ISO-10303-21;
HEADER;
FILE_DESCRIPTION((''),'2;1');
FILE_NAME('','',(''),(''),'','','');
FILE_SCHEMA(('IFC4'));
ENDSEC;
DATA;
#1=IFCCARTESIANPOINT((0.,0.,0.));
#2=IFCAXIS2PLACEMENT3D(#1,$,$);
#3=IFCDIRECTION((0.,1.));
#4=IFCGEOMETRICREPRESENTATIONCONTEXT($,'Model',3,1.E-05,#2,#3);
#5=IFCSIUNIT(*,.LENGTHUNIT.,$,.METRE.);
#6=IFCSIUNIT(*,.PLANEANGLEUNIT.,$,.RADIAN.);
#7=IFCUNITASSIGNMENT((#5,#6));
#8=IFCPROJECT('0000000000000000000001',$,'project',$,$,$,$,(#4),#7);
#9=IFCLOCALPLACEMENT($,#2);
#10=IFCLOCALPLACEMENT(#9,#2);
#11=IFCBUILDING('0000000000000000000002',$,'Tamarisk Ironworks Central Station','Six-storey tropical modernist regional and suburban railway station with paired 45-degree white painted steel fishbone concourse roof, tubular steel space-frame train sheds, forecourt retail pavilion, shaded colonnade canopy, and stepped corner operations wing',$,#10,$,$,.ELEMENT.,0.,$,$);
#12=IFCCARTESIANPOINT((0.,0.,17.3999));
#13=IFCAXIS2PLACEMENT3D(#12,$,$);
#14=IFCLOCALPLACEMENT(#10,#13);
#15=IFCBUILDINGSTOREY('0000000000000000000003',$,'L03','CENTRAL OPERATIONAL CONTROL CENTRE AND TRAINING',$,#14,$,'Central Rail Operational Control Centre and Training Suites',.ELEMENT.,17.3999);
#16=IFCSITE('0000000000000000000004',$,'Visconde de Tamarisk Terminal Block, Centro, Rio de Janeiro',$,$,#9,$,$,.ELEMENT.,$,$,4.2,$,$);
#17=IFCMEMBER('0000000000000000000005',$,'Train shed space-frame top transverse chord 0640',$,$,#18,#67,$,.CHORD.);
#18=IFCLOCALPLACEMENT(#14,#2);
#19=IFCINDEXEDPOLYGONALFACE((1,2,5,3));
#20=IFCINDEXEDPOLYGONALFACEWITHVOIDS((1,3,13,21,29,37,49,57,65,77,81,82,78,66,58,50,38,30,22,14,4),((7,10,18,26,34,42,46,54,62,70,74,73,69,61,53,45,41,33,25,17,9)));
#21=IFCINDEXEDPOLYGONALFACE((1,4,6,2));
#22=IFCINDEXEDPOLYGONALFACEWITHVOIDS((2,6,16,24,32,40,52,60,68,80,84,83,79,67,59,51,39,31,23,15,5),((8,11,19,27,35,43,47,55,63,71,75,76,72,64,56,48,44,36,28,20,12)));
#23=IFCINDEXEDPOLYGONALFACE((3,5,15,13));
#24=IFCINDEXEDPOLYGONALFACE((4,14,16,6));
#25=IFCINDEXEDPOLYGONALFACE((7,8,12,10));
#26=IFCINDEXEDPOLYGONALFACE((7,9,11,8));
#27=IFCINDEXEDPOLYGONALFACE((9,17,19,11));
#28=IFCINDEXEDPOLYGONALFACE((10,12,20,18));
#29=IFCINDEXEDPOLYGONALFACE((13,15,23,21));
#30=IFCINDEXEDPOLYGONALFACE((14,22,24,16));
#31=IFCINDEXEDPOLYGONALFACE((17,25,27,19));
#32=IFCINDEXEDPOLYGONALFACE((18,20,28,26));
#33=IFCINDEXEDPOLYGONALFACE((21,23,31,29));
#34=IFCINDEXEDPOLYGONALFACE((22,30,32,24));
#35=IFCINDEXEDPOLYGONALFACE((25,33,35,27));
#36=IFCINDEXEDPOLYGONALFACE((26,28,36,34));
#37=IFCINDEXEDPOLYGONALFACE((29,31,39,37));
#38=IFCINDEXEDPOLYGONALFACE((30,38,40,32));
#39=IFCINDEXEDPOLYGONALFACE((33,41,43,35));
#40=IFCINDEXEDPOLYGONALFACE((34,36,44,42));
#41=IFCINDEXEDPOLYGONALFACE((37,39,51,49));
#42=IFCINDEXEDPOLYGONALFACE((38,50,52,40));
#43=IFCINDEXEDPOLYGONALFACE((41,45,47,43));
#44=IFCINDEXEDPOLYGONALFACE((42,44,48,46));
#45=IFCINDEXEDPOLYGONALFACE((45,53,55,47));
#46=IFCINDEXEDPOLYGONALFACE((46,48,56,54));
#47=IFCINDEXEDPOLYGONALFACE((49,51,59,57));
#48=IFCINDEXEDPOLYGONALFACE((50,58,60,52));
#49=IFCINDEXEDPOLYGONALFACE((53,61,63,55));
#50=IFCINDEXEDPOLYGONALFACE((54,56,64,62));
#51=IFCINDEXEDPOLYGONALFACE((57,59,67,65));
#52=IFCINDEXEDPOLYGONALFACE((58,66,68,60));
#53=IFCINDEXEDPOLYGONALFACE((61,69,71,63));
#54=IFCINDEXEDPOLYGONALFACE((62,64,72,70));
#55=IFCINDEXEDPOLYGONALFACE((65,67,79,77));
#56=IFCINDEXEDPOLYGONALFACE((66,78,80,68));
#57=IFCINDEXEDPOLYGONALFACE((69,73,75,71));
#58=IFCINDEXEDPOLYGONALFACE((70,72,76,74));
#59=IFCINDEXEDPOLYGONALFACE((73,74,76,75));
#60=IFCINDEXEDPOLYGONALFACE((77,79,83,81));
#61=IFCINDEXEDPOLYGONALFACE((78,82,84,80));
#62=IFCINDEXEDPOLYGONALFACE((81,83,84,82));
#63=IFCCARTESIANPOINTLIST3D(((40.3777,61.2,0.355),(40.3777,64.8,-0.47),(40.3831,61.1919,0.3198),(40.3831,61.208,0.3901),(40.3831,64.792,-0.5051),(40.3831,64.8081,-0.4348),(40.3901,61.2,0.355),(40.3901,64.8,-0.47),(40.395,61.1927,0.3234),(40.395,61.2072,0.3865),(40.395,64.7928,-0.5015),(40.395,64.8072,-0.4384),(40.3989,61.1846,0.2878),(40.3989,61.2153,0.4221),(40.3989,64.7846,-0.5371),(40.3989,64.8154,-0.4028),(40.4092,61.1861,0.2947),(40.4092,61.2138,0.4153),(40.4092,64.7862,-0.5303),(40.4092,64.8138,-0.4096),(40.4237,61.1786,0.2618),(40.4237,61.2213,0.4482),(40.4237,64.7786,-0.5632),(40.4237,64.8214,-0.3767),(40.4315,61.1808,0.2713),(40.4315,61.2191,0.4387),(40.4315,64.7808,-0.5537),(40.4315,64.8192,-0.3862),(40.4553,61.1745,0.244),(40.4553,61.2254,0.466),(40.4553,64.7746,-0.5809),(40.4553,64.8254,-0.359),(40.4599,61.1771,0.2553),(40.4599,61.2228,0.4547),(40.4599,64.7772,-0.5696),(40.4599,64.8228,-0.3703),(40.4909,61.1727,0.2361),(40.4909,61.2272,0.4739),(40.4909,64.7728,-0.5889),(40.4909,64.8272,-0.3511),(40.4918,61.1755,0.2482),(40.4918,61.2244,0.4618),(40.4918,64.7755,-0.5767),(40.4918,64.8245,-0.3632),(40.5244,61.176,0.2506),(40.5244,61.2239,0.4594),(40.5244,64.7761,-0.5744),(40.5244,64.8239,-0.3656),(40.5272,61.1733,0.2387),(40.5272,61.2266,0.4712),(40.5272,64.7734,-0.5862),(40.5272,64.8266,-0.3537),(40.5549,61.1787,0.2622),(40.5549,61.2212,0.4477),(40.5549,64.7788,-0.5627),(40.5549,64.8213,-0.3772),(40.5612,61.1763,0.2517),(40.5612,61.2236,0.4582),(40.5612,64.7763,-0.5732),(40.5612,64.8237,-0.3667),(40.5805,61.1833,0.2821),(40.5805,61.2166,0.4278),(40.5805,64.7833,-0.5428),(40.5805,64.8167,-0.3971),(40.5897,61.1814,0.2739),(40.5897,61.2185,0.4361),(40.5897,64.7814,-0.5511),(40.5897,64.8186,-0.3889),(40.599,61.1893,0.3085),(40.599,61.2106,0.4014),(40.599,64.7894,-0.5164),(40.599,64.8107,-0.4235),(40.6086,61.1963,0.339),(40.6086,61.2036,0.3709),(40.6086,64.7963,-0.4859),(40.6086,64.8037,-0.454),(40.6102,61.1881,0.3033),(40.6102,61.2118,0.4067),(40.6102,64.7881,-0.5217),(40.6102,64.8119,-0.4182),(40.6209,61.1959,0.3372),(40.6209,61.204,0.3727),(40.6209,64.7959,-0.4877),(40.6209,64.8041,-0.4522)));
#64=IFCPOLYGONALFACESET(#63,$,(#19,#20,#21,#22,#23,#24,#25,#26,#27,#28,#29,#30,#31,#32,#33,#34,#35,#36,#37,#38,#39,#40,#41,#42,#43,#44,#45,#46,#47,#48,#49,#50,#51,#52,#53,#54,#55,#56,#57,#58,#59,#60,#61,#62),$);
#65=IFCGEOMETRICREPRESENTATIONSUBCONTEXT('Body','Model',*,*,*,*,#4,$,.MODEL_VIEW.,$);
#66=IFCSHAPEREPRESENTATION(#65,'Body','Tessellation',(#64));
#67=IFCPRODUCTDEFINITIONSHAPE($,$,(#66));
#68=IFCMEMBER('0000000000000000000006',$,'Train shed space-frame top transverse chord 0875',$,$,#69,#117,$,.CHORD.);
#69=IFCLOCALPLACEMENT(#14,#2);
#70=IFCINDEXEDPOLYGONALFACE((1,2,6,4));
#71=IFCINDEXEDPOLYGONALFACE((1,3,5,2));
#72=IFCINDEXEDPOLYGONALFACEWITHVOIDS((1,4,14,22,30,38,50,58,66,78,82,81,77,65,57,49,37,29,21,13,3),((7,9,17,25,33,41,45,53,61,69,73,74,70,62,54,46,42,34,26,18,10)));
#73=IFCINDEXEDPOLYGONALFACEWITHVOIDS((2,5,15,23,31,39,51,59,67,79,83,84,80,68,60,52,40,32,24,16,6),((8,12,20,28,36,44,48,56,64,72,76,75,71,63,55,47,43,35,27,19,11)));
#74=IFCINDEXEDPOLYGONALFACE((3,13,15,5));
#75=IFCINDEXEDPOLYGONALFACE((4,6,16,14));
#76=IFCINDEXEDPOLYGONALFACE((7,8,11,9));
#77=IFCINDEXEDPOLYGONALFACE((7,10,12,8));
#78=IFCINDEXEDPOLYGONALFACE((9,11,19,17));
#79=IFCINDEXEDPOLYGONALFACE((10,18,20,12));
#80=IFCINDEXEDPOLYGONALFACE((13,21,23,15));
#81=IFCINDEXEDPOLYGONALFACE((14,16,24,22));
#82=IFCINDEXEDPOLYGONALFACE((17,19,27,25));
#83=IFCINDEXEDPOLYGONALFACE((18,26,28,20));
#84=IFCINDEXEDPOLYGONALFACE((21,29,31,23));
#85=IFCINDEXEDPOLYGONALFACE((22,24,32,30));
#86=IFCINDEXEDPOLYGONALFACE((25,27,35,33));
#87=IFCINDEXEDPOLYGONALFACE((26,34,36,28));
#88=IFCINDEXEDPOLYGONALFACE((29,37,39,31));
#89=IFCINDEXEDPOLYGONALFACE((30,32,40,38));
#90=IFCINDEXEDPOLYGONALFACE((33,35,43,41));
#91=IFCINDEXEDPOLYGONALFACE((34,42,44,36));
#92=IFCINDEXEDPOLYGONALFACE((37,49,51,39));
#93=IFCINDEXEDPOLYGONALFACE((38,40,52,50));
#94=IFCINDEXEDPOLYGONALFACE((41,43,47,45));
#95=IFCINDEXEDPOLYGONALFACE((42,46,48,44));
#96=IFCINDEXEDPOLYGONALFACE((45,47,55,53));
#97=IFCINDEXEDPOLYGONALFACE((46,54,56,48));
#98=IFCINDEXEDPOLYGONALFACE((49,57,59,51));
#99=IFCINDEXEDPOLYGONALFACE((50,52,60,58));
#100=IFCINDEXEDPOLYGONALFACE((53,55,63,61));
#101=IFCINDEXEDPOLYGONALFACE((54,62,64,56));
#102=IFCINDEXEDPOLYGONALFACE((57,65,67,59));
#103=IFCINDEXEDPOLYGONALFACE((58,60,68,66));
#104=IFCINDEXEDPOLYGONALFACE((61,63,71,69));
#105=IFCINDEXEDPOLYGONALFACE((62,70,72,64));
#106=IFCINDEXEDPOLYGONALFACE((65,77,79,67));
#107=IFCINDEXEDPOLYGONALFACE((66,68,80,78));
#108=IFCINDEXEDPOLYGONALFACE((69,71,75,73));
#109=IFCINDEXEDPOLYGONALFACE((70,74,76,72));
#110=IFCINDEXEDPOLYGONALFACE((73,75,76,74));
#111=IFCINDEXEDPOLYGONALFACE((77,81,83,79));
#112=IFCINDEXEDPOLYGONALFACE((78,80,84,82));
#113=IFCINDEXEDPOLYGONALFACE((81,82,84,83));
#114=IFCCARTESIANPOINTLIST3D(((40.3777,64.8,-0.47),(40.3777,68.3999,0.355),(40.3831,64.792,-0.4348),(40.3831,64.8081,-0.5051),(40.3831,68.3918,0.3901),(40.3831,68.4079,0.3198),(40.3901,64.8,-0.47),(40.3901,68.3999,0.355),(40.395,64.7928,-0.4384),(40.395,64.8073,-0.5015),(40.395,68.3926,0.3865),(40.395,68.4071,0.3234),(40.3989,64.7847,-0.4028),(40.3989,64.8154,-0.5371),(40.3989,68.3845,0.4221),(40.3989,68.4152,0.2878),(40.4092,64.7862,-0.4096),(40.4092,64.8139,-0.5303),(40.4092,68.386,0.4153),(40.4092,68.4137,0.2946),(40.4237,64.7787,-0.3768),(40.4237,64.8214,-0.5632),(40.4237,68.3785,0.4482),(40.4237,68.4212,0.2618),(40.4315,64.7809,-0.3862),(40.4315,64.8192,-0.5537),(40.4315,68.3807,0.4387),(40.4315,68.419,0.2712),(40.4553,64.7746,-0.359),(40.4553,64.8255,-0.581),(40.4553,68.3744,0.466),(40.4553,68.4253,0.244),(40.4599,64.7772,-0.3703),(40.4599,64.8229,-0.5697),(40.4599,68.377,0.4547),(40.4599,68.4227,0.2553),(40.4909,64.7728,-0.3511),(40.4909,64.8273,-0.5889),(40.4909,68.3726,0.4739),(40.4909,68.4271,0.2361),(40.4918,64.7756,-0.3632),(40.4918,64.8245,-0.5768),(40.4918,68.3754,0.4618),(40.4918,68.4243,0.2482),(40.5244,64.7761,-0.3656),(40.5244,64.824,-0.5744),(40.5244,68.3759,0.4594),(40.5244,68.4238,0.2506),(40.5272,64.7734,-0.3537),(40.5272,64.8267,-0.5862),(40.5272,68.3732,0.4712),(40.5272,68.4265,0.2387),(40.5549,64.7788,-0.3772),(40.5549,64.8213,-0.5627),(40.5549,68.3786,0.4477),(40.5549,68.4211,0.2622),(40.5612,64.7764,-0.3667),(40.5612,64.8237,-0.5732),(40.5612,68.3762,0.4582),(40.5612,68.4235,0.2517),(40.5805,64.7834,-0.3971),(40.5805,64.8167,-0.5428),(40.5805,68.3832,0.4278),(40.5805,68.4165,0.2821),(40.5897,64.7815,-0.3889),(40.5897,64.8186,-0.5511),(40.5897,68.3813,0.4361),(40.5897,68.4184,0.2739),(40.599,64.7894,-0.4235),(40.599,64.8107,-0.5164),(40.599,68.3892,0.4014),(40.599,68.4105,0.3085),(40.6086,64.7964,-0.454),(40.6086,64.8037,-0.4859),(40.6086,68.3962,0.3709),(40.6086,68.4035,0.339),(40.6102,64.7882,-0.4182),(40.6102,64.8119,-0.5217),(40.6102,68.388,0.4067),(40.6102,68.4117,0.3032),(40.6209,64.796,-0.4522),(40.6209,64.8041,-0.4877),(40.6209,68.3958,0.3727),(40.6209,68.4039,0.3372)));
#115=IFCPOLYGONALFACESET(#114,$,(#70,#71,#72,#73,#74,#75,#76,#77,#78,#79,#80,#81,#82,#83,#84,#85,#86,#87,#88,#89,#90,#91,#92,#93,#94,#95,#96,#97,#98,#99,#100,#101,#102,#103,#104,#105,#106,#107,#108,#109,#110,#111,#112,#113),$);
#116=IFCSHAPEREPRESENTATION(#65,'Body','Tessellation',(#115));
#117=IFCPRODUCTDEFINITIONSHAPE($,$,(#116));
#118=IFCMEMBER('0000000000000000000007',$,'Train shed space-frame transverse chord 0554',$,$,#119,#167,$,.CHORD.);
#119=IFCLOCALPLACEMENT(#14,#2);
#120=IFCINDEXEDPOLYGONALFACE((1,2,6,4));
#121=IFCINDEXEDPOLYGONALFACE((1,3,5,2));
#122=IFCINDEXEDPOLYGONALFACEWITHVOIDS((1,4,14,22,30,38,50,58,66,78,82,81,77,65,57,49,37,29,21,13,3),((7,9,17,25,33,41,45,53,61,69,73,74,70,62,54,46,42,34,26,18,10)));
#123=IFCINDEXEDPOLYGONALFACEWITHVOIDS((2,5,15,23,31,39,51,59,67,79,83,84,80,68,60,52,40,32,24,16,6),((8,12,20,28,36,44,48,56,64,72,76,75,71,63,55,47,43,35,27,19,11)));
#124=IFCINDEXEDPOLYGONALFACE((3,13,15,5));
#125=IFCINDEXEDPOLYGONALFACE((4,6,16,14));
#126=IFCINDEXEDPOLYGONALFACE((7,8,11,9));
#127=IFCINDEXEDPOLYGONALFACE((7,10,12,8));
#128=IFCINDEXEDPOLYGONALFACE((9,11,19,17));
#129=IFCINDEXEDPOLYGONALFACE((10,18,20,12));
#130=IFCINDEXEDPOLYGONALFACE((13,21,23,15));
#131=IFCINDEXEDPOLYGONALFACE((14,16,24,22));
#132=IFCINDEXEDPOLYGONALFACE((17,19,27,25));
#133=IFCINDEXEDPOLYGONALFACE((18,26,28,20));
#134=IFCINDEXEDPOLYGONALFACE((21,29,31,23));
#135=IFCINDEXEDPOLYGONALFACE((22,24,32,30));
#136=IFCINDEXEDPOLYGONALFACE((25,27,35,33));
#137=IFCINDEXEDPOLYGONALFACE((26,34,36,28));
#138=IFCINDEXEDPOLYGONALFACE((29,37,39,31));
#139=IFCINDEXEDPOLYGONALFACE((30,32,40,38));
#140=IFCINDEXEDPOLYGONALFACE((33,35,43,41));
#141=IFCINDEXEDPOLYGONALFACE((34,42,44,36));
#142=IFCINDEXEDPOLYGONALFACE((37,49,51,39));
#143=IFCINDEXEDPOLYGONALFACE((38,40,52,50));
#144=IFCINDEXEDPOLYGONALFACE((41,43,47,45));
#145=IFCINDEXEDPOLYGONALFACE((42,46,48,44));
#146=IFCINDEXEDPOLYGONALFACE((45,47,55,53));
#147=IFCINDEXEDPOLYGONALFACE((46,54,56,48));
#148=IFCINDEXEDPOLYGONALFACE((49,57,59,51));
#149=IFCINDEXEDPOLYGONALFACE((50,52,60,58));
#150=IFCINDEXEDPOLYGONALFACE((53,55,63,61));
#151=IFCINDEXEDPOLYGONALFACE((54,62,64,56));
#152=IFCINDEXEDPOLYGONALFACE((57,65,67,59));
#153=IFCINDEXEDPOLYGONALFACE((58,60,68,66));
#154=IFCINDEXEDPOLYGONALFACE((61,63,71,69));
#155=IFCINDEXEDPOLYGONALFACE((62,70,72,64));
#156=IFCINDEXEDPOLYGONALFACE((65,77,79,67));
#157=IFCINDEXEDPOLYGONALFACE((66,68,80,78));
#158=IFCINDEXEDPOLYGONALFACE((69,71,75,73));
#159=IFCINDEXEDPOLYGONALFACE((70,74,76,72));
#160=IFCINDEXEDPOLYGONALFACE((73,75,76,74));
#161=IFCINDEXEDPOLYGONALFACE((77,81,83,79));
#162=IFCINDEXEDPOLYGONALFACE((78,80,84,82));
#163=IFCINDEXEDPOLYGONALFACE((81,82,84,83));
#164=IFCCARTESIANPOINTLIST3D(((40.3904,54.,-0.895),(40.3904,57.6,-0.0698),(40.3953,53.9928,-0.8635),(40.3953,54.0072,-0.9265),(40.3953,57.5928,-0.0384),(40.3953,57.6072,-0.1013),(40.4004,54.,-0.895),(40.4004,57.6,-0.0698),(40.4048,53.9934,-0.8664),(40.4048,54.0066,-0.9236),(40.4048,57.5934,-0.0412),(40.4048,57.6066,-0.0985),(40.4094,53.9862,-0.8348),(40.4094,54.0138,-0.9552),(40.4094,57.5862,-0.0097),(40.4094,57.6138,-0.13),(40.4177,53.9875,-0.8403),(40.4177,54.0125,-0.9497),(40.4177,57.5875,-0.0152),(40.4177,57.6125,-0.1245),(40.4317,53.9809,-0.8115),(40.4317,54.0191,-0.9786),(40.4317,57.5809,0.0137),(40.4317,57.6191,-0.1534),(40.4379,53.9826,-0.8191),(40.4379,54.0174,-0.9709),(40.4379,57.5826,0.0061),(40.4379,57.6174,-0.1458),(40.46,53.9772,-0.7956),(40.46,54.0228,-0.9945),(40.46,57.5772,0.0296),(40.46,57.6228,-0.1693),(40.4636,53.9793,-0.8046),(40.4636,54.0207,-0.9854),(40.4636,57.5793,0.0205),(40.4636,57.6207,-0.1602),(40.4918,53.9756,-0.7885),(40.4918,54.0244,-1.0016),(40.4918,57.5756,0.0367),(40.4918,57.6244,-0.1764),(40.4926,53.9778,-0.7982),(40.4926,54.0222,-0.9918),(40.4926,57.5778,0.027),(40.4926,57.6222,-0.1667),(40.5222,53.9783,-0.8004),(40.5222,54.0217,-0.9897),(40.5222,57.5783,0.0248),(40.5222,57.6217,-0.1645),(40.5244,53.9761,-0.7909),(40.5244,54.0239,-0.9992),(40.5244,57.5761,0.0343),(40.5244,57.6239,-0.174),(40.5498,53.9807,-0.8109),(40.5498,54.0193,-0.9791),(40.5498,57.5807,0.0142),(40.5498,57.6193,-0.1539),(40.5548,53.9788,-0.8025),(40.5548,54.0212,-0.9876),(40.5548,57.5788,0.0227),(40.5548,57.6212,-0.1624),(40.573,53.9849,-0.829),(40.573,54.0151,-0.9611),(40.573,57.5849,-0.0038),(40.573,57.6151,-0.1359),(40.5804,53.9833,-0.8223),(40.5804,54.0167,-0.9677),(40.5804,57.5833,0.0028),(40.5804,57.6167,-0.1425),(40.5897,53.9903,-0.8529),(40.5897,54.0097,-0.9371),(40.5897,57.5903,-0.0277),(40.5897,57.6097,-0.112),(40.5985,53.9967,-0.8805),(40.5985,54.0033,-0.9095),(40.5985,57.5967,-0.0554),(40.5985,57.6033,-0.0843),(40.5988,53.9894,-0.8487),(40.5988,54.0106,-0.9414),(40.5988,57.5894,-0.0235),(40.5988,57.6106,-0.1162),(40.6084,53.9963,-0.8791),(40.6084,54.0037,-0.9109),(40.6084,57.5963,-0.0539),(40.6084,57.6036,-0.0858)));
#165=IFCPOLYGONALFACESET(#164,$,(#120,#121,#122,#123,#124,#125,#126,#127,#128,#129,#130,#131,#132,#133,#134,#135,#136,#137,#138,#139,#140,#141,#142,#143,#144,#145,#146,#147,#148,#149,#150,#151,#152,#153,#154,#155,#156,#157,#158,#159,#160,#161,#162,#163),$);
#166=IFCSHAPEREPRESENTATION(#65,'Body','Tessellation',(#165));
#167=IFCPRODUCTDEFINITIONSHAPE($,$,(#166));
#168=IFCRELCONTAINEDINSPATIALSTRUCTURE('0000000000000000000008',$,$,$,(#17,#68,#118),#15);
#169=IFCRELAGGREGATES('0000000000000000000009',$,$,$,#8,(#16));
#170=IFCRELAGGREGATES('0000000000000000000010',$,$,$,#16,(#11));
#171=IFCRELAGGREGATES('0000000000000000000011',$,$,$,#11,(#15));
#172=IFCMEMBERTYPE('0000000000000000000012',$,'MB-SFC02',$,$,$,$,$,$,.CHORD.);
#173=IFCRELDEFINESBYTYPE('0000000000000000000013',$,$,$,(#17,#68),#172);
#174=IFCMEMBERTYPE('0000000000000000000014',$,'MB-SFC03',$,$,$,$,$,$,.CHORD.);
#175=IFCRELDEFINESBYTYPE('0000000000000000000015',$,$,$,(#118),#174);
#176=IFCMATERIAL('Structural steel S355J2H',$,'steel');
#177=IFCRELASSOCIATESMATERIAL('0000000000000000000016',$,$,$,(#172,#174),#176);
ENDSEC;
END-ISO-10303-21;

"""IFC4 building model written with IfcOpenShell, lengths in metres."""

from ifc_helpers import new_model, si_unit, direction, frame, origin, origin_2d, place, context, subcontext, project, spatial, hollow_circle, extrude, material, material_profile, profile_set, type_object, element, save


model = new_model("IFC4")

# Units and contexts
model_context = context("Model", 3, precision=1e-05, world=origin(), true_north=direction((0.0, 1.0)))
body_context = subcontext(model_context, "Body", "Model", "MODEL_VIEW")
ifc_project = project(units=[si_unit("LENGTHUNIT", "METRE"), si_unit("PLANEANGLEUNIT", "RADIAN")], contexts=[model_context])

# Site, building, storey
site_placement = place(None, origin())
site = spatial("IfcSite", under=ifc_project, at=site_placement, Name="Visconde de Tamarisk Terminal Block, Centro, Rio de Janeiro", CompositionType="ELEMENT", RefElevation=4.2)
building_placement = place(site_placement, origin())
building = spatial("IfcBuilding", under=site, at=building_placement, Name="Tamarisk Ironworks Central Station", Description="Six-storey tropical modernist regional and suburban railway station with paired 45-degree white painted steel fishbone concourse roof, tubular steel space-frame train sheds, forecourt retail pavilion, shaded colonnade canopy, and stepped corner operations wing", CompositionType="ELEMENT", ElevationOfRefHeight=0.0)
storey_placement = place(building_placement, frame((0.0, 0.0, 17.3999)))
storey = spatial("IfcBuildingStorey", under=building, at=storey_placement, Name="L03", Description="CENTRAL OPERATIONAL CONTROL CENTRE AND TRAINING", LongName="Central Rail Operational Control Centre and Training Suites", CompositionType="ELEMENT", Elevation=17.3999)

# Members
ifc_material = material(Name="Structural steel S355J2H", Category="steel")
ifc_material_profile_1 = material_profile(ifc_material, hollow_circle(Radius=0.1223, WallThickness=0.0125, at=origin_2d()), Name="CHS 244.5x12.5")
ifc_profile_set_1 = profile_set([ifc_material_profile_1], Name="Structural steel S355J2H")
member_type_1 = type_object("IfcMemberType", Name="MB-SFC02", PredefinedType="CHORD", material=ifc_profile_set_1)
member_1_placement = place(storey_placement, frame((40.5, 61.2, 0.355), z_axis=(0.0, 0.974737, -0.223358), x_axis=(-1.0, 0.0, 0.0)))
element("IfcMember", 1, at=member_1_placement, inside=storey, type_object=member_type_1, Name="Train shed space-frame top transverse chord 0640", PredefinedType="CHORD", context=body_context, shape_type="SweptSolid", body=[
    extrude(hollow_circle(Radius=0.1223, WallThickness=0.0125, at=origin_2d()), origin(), (0.0, 0.0, 1.0), 3.6934),
])
member_2_placement = place(storey_placement, frame((40.5, 64.8, -0.47), z_axis=(0.0, 0.974733, 0.223372), x_axis=(-1.0, 0.0, 0.0)))
element("IfcMember", 2, at=member_2_placement, inside=storey, type_object=member_type_1, Name="Train shed space-frame top transverse chord 0875", PredefinedType="CHORD", context=body_context, shape_type="SweptSolid", body=[
    extrude(hollow_circle(Radius=0.1223, WallThickness=0.0125, at=origin_2d()), origin(), (0.0, 0.0, 1.0), 3.6931),
])
ifc_material_profile_2 = material_profile(ifc_material, hollow_circle(Radius=0.1096, WallThickness=0.01, at=origin_2d()), Name="CHS 219.1x10")
ifc_profile_set_2 = profile_set([ifc_material_profile_2], Name="Structural steel S355J2H")
member_type_2 = type_object("IfcMemberType", Name="MB-SFC03", PredefinedType="CHORD", material=ifc_profile_set_2)
member_3_placement = place(storey_placement, frame((40.5, 54.0, -0.895), z_axis=(0.0, 0.974722, 0.223421), x_axis=(-1.0, 0.0, 0.0)))
element("IfcMember", 3, at=member_3_placement, inside=storey, type_object=member_type_2, Name="Train shed space-frame transverse chord 0554", PredefinedType="CHORD", context=body_context, shape_type="SweptSolid", body=[
    extrude(hollow_circle(Radius=0.1096, WallThickness=0.01, at=origin_2d()), origin(), (0.0, 0.0, 1.0), 3.6934),
])

save(model, "model.ifc")
